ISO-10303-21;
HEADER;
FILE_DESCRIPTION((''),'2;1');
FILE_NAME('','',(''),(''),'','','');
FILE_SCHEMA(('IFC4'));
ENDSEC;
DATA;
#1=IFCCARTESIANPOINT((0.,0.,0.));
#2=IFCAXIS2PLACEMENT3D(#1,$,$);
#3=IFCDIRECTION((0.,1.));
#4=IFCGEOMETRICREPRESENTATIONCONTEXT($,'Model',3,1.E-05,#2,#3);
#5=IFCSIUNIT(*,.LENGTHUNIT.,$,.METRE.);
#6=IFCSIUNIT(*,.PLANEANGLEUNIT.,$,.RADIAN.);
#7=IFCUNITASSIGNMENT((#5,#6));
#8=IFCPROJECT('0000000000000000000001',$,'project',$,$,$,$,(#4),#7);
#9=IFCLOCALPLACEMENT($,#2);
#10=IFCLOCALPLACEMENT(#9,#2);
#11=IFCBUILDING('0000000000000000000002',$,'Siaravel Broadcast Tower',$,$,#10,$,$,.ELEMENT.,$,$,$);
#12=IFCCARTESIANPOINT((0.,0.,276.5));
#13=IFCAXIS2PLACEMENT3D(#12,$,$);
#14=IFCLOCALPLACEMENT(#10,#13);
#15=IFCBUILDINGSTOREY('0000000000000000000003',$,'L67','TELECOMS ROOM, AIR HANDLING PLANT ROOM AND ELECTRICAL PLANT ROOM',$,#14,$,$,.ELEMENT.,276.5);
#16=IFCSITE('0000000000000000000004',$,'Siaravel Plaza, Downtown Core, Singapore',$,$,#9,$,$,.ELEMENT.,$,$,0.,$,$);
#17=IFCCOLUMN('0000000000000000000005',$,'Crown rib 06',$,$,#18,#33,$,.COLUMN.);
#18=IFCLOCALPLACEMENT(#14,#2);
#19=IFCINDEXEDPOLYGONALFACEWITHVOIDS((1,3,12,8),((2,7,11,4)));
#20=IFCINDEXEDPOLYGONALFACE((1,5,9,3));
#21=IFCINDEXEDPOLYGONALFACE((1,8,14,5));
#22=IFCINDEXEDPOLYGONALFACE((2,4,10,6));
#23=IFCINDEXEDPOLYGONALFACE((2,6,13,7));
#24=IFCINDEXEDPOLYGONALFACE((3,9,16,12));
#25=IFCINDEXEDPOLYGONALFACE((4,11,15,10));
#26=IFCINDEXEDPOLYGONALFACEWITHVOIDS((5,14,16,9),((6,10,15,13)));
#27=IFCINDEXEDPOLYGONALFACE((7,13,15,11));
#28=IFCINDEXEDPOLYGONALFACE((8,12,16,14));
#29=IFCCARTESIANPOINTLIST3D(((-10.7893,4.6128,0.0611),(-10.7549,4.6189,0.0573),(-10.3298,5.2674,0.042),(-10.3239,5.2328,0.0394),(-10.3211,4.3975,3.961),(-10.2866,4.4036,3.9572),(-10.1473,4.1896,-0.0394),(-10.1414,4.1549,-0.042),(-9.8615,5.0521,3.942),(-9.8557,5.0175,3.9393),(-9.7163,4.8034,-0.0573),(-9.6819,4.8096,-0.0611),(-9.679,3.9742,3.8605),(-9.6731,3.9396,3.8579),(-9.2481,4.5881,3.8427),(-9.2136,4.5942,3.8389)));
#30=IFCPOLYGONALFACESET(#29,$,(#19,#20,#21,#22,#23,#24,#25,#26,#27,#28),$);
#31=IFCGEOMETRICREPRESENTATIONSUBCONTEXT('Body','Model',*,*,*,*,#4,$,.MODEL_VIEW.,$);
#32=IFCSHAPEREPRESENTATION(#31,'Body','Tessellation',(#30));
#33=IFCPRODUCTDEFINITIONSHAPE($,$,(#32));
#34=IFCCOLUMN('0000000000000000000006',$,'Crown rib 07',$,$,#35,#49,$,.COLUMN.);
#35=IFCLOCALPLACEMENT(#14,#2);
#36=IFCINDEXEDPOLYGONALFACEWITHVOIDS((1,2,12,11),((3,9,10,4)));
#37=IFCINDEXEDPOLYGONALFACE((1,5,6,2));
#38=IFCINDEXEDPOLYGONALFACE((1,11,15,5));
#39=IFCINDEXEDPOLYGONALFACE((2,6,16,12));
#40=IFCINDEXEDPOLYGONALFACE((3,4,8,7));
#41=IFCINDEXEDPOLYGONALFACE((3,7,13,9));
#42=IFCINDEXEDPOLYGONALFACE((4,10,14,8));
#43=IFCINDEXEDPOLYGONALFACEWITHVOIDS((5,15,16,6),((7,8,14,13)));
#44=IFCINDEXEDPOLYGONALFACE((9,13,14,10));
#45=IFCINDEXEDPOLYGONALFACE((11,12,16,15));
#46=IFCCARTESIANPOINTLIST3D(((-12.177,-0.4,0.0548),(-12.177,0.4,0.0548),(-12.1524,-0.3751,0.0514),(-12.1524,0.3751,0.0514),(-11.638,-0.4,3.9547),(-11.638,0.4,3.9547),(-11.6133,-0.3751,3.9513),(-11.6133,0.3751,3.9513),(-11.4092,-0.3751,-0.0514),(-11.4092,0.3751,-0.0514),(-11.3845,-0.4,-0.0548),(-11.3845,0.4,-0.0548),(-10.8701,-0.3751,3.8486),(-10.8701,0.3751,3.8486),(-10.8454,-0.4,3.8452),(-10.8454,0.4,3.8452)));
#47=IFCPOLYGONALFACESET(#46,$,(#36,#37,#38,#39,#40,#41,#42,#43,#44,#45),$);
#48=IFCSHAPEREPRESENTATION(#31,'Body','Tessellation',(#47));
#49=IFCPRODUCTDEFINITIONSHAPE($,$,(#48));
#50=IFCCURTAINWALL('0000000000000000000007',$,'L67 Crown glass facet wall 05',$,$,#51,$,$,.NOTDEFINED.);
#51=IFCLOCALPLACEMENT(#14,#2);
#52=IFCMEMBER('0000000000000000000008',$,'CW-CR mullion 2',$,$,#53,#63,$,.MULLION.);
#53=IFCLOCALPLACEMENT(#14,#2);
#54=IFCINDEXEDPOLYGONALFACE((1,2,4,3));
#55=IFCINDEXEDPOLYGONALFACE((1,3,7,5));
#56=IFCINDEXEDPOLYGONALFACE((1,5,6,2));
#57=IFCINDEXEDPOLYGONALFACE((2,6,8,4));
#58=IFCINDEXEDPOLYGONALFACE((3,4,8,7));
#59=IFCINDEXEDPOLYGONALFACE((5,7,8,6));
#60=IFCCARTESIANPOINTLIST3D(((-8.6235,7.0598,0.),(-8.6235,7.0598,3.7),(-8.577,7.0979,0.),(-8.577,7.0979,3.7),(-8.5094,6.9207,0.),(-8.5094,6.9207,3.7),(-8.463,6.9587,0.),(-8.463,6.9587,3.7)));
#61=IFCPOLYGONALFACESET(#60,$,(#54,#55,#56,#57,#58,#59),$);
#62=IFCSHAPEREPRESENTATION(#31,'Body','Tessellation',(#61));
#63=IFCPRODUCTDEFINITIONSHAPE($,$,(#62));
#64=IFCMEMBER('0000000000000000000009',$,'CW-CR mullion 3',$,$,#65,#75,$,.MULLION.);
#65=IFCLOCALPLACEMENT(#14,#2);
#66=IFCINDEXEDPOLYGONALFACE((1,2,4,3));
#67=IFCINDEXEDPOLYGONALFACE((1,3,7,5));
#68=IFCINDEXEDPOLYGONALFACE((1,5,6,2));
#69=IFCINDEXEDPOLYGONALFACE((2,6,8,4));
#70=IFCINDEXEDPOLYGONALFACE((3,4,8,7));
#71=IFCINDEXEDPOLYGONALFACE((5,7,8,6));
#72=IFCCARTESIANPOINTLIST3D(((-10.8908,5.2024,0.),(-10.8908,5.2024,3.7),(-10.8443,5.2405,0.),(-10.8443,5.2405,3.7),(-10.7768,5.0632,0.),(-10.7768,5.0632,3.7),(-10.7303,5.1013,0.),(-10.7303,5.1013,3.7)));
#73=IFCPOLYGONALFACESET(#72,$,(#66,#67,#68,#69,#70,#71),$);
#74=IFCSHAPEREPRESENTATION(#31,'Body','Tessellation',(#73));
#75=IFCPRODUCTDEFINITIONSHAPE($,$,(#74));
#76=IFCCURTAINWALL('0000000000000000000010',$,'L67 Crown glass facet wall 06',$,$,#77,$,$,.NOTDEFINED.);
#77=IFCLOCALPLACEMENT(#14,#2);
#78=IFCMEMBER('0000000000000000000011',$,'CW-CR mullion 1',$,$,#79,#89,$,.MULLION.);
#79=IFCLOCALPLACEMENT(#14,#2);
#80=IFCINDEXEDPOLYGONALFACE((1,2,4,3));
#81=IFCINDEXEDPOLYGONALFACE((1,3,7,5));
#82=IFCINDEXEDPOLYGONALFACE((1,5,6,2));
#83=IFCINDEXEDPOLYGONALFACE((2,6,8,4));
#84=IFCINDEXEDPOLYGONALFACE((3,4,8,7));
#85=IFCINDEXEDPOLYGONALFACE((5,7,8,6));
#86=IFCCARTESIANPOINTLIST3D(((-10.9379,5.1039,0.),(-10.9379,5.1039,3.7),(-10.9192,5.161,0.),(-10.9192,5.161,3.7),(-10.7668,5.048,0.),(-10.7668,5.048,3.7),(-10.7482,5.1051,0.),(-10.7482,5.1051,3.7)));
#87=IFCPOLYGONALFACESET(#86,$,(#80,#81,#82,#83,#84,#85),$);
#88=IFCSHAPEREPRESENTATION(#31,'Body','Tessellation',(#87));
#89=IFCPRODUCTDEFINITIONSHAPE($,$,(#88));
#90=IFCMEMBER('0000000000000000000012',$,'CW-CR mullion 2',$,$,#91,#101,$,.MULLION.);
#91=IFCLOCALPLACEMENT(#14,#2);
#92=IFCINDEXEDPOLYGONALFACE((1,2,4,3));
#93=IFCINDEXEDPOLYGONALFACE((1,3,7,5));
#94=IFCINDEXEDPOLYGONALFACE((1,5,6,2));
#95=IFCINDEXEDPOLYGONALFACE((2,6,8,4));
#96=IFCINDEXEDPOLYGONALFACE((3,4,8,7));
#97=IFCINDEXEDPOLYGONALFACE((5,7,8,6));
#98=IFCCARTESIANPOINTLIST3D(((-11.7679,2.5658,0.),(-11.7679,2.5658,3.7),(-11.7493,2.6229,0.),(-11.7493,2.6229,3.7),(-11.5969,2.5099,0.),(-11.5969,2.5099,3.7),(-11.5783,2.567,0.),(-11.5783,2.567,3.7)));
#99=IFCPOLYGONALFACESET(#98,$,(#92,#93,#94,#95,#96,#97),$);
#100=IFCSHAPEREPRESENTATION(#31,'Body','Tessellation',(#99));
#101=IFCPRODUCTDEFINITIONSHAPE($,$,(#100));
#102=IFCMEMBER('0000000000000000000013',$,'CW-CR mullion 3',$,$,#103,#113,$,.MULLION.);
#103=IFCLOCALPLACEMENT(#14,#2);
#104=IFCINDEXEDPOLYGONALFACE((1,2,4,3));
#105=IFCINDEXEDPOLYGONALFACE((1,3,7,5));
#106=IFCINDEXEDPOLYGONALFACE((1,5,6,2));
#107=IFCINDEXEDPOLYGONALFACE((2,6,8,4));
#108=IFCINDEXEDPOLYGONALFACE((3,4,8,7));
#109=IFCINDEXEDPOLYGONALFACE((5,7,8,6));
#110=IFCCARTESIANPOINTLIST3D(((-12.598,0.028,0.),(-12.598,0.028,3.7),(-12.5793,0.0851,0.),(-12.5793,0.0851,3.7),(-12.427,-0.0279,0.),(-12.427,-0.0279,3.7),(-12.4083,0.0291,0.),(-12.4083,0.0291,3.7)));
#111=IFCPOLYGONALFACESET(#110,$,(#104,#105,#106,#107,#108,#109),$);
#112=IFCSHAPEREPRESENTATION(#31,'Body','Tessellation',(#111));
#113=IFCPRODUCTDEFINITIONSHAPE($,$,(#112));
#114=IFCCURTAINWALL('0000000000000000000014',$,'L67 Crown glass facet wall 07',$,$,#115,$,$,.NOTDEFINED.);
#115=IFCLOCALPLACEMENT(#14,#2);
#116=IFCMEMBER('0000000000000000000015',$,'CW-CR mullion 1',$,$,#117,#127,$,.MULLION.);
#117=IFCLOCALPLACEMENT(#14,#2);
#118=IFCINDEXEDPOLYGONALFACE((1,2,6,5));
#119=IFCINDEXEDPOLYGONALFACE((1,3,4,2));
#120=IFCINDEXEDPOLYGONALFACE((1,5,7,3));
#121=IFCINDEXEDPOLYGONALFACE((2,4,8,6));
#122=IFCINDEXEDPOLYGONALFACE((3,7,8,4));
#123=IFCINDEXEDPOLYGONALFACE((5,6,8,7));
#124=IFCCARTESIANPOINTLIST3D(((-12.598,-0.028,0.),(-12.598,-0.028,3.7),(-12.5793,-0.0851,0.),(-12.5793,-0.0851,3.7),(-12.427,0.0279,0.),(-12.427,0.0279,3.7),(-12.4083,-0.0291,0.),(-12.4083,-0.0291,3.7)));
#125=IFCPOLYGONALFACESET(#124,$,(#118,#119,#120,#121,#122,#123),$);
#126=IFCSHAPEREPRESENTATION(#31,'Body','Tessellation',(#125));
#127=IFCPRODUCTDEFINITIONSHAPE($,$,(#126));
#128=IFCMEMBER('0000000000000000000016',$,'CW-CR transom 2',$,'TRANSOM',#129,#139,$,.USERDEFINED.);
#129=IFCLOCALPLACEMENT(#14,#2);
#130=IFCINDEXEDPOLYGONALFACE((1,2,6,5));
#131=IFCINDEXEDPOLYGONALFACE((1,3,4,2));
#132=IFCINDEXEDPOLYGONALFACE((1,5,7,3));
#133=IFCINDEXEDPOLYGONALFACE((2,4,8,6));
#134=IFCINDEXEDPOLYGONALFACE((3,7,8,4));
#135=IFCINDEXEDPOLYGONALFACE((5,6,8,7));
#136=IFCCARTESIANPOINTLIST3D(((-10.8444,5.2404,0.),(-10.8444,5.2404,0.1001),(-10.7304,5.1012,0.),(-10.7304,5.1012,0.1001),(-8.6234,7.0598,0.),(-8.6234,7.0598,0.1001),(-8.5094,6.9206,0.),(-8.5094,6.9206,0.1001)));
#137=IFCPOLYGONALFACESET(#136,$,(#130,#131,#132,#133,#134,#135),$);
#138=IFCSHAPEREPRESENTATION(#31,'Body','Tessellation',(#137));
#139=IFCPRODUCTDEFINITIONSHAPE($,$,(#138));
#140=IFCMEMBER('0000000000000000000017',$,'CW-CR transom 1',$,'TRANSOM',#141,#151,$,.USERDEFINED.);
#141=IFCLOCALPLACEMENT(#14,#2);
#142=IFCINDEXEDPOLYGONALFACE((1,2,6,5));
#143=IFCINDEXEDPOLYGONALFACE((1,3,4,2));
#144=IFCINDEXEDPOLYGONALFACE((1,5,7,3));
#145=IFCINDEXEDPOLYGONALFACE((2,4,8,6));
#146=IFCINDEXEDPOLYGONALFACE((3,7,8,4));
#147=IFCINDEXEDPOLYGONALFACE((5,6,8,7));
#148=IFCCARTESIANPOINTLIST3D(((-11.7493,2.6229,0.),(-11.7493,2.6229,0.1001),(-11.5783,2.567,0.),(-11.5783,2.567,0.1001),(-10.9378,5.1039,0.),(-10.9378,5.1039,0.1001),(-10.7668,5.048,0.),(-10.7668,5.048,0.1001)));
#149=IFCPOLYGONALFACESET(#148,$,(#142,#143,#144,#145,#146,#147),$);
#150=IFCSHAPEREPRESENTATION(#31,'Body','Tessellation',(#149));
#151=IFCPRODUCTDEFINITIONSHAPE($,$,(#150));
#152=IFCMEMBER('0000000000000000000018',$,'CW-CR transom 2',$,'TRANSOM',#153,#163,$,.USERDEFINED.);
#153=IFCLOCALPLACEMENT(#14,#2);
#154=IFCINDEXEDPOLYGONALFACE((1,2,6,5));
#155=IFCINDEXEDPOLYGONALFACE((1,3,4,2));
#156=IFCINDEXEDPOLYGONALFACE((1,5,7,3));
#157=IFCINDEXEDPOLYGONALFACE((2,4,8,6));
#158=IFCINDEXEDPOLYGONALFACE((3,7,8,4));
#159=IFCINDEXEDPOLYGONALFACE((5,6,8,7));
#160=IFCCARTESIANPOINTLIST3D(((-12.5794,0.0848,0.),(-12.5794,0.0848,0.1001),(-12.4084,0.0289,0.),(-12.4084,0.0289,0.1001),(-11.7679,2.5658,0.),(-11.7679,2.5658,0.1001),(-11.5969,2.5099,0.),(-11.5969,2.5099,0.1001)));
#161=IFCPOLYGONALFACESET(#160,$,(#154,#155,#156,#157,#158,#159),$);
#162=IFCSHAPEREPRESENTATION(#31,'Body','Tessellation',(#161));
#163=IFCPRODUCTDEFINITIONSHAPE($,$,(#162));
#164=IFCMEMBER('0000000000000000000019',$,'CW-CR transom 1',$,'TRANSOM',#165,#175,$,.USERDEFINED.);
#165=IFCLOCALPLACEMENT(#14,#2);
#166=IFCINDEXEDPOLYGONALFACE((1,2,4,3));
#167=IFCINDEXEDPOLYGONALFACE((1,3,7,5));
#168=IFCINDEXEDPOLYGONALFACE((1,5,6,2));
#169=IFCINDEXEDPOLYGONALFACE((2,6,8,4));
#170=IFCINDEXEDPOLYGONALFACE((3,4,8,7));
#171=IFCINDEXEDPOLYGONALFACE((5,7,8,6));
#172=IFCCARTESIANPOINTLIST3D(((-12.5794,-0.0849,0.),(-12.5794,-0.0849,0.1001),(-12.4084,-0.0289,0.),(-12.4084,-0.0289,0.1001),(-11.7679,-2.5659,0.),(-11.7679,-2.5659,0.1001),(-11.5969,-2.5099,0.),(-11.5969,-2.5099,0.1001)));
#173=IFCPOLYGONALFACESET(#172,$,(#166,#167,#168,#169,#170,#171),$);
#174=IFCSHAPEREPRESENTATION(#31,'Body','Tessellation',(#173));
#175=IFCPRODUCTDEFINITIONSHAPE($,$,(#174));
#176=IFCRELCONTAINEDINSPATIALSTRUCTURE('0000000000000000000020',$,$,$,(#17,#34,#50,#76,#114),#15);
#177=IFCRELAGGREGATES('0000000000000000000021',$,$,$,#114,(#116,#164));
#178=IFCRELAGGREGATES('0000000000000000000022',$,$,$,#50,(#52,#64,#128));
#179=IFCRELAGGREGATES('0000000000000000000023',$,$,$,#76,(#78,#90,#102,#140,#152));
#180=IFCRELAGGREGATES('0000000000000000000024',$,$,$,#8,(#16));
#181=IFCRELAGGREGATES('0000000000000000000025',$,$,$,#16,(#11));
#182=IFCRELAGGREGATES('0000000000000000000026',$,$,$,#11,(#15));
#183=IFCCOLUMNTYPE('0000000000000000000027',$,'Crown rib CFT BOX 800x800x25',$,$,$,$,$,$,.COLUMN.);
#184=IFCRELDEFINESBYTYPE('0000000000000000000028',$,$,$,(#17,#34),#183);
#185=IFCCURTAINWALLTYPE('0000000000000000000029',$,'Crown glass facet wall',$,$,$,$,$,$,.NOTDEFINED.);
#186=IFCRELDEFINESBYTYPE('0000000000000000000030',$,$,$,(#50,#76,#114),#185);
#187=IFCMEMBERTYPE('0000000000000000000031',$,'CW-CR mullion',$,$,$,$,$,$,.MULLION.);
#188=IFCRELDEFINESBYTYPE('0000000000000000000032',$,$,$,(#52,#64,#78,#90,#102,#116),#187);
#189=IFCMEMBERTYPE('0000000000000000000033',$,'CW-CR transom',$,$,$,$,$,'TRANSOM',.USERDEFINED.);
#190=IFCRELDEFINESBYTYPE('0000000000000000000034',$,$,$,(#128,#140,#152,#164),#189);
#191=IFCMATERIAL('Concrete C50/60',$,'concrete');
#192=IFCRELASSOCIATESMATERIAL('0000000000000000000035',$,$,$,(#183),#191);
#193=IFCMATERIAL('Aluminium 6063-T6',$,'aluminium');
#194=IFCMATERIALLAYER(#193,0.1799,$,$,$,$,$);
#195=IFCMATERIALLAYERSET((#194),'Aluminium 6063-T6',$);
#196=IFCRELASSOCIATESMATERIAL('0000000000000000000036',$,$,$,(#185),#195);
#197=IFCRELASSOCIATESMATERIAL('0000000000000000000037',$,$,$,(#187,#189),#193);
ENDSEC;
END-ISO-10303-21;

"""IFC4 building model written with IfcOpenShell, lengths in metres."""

from ifc_helpers import new_model, si_unit, direction, frame, origin, origin_2d, place, context, subcontext, project, spatial, rectangle, hollow_rectangle, extrude, material, layer, layer_set, material_profile, profile_set, type_object, element, aggregate, save


model = new_model("IFC4")

# Units and contexts
model_context = context("Model", 3, precision=1e-05, world=origin(), true_north=direction((0.0, 1.0)))
body_context = subcontext(model_context, "Body", "Model", "MODEL_VIEW")
ifc_project = project(units=[si_unit("LENGTHUNIT", "METRE"), si_unit("PLANEANGLEUNIT", "RADIAN")], contexts=[model_context])

# Site, building, storey
site_placement = place(None, origin())
site = spatial("IfcSite", under=ifc_project, at=site_placement, Name="Siaravel Plaza, Downtown Core, Singapore", CompositionType="ELEMENT", RefElevation=0.0)
building_placement = place(site_placement, origin())
building = spatial("IfcBuilding", under=site, at=building_placement, Name="Siaravel Broadcast Tower", CompositionType="ELEMENT")
storey_placement = place(building_placement, frame((0.0, 0.0, 276.5)))
storey = spatial("IfcBuildingStorey", under=building, at=storey_placement, Name="L67", Description="TELECOMS ROOM, AIR HANDLING PLANT ROOM AND ELECTRICAL PLANT ROOM", CompositionType="ELEMENT", Elevation=276.5)

# Columns
ifc_material_1 = material(Name="Concrete C50/60", Category="concrete")
ifc_material_profile_1 = material_profile(ifc_material_1, hollow_rectangle(XDim=0.8, YDim=0.8, WallThickness=0.0249, at=origin_2d()))
ifc_profile_set_1 = profile_set([ifc_material_profile_1], Name="Concrete C50/60")
column_type = type_object("IfcColumnType", Name="Crown rib CFT BOX 800x800x25", PredefinedType="COLUMN", material=ifc_profile_set_1)
column_1_placement = place(storey_placement, frame((-10.2356, 4.7112, 0.0), z_axis=(0.119035, -0.054739, 0.99138), x_axis=(0.574404, 0.818226, -0.023791)))
element("IfcColumn", 1, at=column_1_placement, inside=storey, type_object=column_type, Name="Crown rib 06", PredefinedType="COLUMN", context=body_context, shape_type="SweptSolid", body=[
    extrude(hollow_rectangle(XDim=0.8, YDim=0.8, WallThickness=0.0249, at=origin_2d()), origin(), (0.0, 0.0, 1.0), 3.9338),
])
column_2_placement = place(storey_placement, frame((-11.7808, 0.0, 0.0), z_axis=(0.136923, 0.0, 0.990582), x_axis=(0.0, 1.0, 0.0)))
element("IfcColumn", 2, at=column_2_placement, inside=storey, type_object=column_type, Name="Crown rib 07", PredefinedType="COLUMN", context=body_context, shape_type="SweptSolid", body=[
    extrude(hollow_rectangle(XDim=0.8, YDim=0.8, WallThickness=0.0249, at=origin_2d()), origin(), (0.0, 0.0, 1.0), 3.937),
])

# Curtain walls, members
ifc_material_2 = material(Name="Aluminium 6063-T6", Category="aluminium")
ifc_layer_1 = layer(ifc_material_2, 0.1799)
ifc_layer_set_1 = layer_set([ifc_layer_1], Name="Aluminium 6063-T6")
curtain_wall_type = type_object("IfcCurtainWallType", Name="Crown glass facet wall", PredefinedType="NOTDEFINED", material=ifc_layer_set_1)
curtain_wall_1_placement = place(storey_placement, origin())
curtain_wall_1 = element("IfcCurtainWall", 3, at=curtain_wall_1_placement, inside=storey, type_object=curtain_wall_type, Name="L67 Crown glass facet wall 05", PredefinedType="NOTDEFINED")
ifc_material_profile_2 = material_profile(ifc_material_2, rectangle(XDim=0.1799, YDim=0.0601, at=origin_2d()))
ifc_profile_set_2 = profile_set([ifc_material_profile_2], Name="Aluminium 6063-T6")
member_type_1 = type_object("IfcMemberType", Name="CW-CR mullion", PredefinedType="MULLION", material=ifc_profile_set_2)
member_1_placement = place(storey_placement, frame((-8.5432, 7.0093, 0.0), z_axis=(0.0, 0.0, 1.0), x_axis=(0.633713, -0.773569, 0.0)))
member_1 = element("IfcMember", 4, at=member_1_placement, type_object=member_type_1, Name="CW-CR mullion 2", PredefinedType="MULLION", context=body_context, shape_type="SweptSolid", body=[
    extrude(rectangle(XDim=0.1799, YDim=0.0601, at=origin_2d()), origin(), (0.0, 0.0, 1.0), 3.7),
])
member_2_placement = place(storey_placement, frame((-10.8105, 5.1519, 0.0), z_axis=(0.0, 0.0, 1.0), x_axis=(0.633713, -0.773569, 0.0)))
member_2 = element("IfcMember", 5, at=member_2_placement, type_object=member_type_1, Name="CW-CR mullion 3", PredefinedType="MULLION", context=body_context, shape_type="SweptSolid", body=[
    extrude(rectangle(XDim=0.1799, YDim=0.0601, at=origin_2d()), origin(), (0.0, 0.0, 1.0), 3.7),
])
curtain_wall_2_placement = place(storey_placement, origin())
curtain_wall_2 = element("IfcCurtainWall", 6, at=curtain_wall_2_placement, inside=storey, type_object=curtain_wall_type, Name="L67 Crown glass facet wall 06", PredefinedType="NOTDEFINED")
member_3_placement = place(storey_placement, frame((-10.843, 5.1045, 0.0), z_axis=(0.0, 0.0, 1.0), x_axis=(0.950456, -0.31086, 0.0)))
member_3 = element("IfcMember", 7, at=member_3_placement, type_object=member_type_1, Name="CW-CR mullion 1", PredefinedType="MULLION", context=body_context, shape_type="SweptSolid", body=[
    extrude(rectangle(XDim=0.1799, YDim=0.0601, at=origin_2d()), origin(), (0.0, 0.0, 1.0), 3.7),
])
member_4_placement = place(storey_placement, frame((-11.6731, 2.5664, 0.0), z_axis=(0.0, 0.0, 1.0), x_axis=(0.950456, -0.31086, 0.0)))
member_4 = element("IfcMember", 8, at=member_4_placement, type_object=member_type_1, Name="CW-CR mullion 2", PredefinedType="MULLION", context=body_context, shape_type="SweptSolid", body=[
    extrude(rectangle(XDim=0.1799, YDim=0.0601, at=origin_2d()), origin(), (0.0, 0.0, 1.0), 3.7),
])
member_5_placement = place(storey_placement, frame((-12.5032, 0.0286, 0.0), z_axis=(0.0, 0.0, 1.0), x_axis=(0.950456, -0.31086, 0.0)))
member_5 = element("IfcMember", 9, at=member_5_placement, type_object=member_type_1, Name="CW-CR mullion 3", PredefinedType="MULLION", context=body_context, shape_type="SweptSolid", body=[
    extrude(rectangle(XDim=0.1799, YDim=0.0601, at=origin_2d()), origin(), (0.0, 0.0, 1.0), 3.7),
])

# Curtain wall, member
curtain_wall_3_placement = place(storey_placement, origin())
curtain_wall_3 = element("IfcCurtainWall", 10, at=curtain_wall_3_placement, inside=storey, type_object=curtain_wall_type, Name="L67 Crown glass facet wall 07", PredefinedType="NOTDEFINED")
member_6_placement = place(storey_placement, frame((-12.5032, -0.0286, 0.0), z_axis=(0.0, 0.0, 1.0), x_axis=(0.950456, 0.31086, 0.0)))
member_6 = element("IfcMember", 11, at=member_6_placement, type_object=member_type_1, Name="CW-CR mullion 1", PredefinedType="MULLION", context=body_context, shape_type="SweptSolid", body=[
    extrude(rectangle(XDim=0.1799, YDim=0.0601, at=origin_2d()), origin(), (0.0, 0.0, 1.0), 3.7),
])

# Members
ifc_material_profile_3 = material_profile(ifc_material_2, rectangle(XDim=0.1799, YDim=0.1001, at=origin_2d()))
ifc_profile_set_3 = profile_set([ifc_material_profile_3], Name="Aluminium 6063-T6")
member_type_2 = type_object("IfcMemberType", Name="CW-CR transom", ElementType="TRANSOM", PredefinedType="USERDEFINED", material=ifc_profile_set_3)
member_7_placement = place(storey_placement, frame((-8.5664, 6.9902, 0.05), z_axis=(-0.773582, -0.633696, 0.0), x_axis=(0.633696, -0.773582, 0.0)))
member_7 = element("IfcMember", 12, at=member_7_placement, type_object=member_type_2, Name="CW-CR transom 2", ObjectType="TRANSOM", PredefinedType="USERDEFINED", context=body_context, shape_type="SweptSolid", body=[
    extrude(rectangle(XDim=0.1799, YDim=0.1001, at=origin_2d()), origin(), (0.0, 0.0, 1.0), 2.8711),
])
member_8_placement = place(storey_placement, frame((-10.8523, 5.0759, 0.05), z_axis=(-0.310892, -0.950445, 0.0), x_axis=(0.950445, -0.310892, 0.0)))
member_8 = element("IfcMember", 13, at=member_8_placement, type_object=member_type_2, Name="CW-CR transom 1", ObjectType="TRANSOM", PredefinedType="USERDEFINED", context=body_context, shape_type="SweptSolid", body=[
    extrude(rectangle(XDim=0.1799, YDim=0.1001, at=origin_2d()), origin(), (0.0, 0.0, 1.0), 2.6104),
])
member_9_placement = place(storey_placement, frame((-11.6824, 2.5378, 0.05), z_axis=(-0.310892, -0.950445, 0.0), x_axis=(0.950445, -0.310892, 0.0)))
member_9 = element("IfcMember", 14, at=member_9_placement, type_object=member_type_2, Name="CW-CR transom 2", ObjectType="TRANSOM", PredefinedType="USERDEFINED", context=body_context, shape_type="SweptSolid", body=[
    extrude(rectangle(XDim=0.1799, YDim=0.1001, at=origin_2d()), origin(), (0.0, 0.0, 1.0), 2.6104),
])
member_10_placement = place(storey_placement, frame((-12.4939, -0.0569, 0.05), z_axis=(0.310892, -0.950445, 0.0), x_axis=(0.950445, 0.310892, 0.0)))
member_10 = element("IfcMember", 15, at=member_10_placement, type_object=member_type_2, Name="CW-CR transom 1", ObjectType="TRANSOM", PredefinedType="USERDEFINED", context=body_context, shape_type="SweptSolid", body=[
    extrude(rectangle(XDim=0.1799, YDim=0.1001, at=origin_2d()), origin(), (0.0, 0.0, 1.0), 2.6104),
])
aggregate(curtain_wall_3, [member_6, member_10])

aggregate(curtain_wall_1, [member_1, member_2, member_7])
aggregate(curtain_wall_2, [member_3, member_4, member_5, member_8, member_9])

save(model, "model.ifc")
